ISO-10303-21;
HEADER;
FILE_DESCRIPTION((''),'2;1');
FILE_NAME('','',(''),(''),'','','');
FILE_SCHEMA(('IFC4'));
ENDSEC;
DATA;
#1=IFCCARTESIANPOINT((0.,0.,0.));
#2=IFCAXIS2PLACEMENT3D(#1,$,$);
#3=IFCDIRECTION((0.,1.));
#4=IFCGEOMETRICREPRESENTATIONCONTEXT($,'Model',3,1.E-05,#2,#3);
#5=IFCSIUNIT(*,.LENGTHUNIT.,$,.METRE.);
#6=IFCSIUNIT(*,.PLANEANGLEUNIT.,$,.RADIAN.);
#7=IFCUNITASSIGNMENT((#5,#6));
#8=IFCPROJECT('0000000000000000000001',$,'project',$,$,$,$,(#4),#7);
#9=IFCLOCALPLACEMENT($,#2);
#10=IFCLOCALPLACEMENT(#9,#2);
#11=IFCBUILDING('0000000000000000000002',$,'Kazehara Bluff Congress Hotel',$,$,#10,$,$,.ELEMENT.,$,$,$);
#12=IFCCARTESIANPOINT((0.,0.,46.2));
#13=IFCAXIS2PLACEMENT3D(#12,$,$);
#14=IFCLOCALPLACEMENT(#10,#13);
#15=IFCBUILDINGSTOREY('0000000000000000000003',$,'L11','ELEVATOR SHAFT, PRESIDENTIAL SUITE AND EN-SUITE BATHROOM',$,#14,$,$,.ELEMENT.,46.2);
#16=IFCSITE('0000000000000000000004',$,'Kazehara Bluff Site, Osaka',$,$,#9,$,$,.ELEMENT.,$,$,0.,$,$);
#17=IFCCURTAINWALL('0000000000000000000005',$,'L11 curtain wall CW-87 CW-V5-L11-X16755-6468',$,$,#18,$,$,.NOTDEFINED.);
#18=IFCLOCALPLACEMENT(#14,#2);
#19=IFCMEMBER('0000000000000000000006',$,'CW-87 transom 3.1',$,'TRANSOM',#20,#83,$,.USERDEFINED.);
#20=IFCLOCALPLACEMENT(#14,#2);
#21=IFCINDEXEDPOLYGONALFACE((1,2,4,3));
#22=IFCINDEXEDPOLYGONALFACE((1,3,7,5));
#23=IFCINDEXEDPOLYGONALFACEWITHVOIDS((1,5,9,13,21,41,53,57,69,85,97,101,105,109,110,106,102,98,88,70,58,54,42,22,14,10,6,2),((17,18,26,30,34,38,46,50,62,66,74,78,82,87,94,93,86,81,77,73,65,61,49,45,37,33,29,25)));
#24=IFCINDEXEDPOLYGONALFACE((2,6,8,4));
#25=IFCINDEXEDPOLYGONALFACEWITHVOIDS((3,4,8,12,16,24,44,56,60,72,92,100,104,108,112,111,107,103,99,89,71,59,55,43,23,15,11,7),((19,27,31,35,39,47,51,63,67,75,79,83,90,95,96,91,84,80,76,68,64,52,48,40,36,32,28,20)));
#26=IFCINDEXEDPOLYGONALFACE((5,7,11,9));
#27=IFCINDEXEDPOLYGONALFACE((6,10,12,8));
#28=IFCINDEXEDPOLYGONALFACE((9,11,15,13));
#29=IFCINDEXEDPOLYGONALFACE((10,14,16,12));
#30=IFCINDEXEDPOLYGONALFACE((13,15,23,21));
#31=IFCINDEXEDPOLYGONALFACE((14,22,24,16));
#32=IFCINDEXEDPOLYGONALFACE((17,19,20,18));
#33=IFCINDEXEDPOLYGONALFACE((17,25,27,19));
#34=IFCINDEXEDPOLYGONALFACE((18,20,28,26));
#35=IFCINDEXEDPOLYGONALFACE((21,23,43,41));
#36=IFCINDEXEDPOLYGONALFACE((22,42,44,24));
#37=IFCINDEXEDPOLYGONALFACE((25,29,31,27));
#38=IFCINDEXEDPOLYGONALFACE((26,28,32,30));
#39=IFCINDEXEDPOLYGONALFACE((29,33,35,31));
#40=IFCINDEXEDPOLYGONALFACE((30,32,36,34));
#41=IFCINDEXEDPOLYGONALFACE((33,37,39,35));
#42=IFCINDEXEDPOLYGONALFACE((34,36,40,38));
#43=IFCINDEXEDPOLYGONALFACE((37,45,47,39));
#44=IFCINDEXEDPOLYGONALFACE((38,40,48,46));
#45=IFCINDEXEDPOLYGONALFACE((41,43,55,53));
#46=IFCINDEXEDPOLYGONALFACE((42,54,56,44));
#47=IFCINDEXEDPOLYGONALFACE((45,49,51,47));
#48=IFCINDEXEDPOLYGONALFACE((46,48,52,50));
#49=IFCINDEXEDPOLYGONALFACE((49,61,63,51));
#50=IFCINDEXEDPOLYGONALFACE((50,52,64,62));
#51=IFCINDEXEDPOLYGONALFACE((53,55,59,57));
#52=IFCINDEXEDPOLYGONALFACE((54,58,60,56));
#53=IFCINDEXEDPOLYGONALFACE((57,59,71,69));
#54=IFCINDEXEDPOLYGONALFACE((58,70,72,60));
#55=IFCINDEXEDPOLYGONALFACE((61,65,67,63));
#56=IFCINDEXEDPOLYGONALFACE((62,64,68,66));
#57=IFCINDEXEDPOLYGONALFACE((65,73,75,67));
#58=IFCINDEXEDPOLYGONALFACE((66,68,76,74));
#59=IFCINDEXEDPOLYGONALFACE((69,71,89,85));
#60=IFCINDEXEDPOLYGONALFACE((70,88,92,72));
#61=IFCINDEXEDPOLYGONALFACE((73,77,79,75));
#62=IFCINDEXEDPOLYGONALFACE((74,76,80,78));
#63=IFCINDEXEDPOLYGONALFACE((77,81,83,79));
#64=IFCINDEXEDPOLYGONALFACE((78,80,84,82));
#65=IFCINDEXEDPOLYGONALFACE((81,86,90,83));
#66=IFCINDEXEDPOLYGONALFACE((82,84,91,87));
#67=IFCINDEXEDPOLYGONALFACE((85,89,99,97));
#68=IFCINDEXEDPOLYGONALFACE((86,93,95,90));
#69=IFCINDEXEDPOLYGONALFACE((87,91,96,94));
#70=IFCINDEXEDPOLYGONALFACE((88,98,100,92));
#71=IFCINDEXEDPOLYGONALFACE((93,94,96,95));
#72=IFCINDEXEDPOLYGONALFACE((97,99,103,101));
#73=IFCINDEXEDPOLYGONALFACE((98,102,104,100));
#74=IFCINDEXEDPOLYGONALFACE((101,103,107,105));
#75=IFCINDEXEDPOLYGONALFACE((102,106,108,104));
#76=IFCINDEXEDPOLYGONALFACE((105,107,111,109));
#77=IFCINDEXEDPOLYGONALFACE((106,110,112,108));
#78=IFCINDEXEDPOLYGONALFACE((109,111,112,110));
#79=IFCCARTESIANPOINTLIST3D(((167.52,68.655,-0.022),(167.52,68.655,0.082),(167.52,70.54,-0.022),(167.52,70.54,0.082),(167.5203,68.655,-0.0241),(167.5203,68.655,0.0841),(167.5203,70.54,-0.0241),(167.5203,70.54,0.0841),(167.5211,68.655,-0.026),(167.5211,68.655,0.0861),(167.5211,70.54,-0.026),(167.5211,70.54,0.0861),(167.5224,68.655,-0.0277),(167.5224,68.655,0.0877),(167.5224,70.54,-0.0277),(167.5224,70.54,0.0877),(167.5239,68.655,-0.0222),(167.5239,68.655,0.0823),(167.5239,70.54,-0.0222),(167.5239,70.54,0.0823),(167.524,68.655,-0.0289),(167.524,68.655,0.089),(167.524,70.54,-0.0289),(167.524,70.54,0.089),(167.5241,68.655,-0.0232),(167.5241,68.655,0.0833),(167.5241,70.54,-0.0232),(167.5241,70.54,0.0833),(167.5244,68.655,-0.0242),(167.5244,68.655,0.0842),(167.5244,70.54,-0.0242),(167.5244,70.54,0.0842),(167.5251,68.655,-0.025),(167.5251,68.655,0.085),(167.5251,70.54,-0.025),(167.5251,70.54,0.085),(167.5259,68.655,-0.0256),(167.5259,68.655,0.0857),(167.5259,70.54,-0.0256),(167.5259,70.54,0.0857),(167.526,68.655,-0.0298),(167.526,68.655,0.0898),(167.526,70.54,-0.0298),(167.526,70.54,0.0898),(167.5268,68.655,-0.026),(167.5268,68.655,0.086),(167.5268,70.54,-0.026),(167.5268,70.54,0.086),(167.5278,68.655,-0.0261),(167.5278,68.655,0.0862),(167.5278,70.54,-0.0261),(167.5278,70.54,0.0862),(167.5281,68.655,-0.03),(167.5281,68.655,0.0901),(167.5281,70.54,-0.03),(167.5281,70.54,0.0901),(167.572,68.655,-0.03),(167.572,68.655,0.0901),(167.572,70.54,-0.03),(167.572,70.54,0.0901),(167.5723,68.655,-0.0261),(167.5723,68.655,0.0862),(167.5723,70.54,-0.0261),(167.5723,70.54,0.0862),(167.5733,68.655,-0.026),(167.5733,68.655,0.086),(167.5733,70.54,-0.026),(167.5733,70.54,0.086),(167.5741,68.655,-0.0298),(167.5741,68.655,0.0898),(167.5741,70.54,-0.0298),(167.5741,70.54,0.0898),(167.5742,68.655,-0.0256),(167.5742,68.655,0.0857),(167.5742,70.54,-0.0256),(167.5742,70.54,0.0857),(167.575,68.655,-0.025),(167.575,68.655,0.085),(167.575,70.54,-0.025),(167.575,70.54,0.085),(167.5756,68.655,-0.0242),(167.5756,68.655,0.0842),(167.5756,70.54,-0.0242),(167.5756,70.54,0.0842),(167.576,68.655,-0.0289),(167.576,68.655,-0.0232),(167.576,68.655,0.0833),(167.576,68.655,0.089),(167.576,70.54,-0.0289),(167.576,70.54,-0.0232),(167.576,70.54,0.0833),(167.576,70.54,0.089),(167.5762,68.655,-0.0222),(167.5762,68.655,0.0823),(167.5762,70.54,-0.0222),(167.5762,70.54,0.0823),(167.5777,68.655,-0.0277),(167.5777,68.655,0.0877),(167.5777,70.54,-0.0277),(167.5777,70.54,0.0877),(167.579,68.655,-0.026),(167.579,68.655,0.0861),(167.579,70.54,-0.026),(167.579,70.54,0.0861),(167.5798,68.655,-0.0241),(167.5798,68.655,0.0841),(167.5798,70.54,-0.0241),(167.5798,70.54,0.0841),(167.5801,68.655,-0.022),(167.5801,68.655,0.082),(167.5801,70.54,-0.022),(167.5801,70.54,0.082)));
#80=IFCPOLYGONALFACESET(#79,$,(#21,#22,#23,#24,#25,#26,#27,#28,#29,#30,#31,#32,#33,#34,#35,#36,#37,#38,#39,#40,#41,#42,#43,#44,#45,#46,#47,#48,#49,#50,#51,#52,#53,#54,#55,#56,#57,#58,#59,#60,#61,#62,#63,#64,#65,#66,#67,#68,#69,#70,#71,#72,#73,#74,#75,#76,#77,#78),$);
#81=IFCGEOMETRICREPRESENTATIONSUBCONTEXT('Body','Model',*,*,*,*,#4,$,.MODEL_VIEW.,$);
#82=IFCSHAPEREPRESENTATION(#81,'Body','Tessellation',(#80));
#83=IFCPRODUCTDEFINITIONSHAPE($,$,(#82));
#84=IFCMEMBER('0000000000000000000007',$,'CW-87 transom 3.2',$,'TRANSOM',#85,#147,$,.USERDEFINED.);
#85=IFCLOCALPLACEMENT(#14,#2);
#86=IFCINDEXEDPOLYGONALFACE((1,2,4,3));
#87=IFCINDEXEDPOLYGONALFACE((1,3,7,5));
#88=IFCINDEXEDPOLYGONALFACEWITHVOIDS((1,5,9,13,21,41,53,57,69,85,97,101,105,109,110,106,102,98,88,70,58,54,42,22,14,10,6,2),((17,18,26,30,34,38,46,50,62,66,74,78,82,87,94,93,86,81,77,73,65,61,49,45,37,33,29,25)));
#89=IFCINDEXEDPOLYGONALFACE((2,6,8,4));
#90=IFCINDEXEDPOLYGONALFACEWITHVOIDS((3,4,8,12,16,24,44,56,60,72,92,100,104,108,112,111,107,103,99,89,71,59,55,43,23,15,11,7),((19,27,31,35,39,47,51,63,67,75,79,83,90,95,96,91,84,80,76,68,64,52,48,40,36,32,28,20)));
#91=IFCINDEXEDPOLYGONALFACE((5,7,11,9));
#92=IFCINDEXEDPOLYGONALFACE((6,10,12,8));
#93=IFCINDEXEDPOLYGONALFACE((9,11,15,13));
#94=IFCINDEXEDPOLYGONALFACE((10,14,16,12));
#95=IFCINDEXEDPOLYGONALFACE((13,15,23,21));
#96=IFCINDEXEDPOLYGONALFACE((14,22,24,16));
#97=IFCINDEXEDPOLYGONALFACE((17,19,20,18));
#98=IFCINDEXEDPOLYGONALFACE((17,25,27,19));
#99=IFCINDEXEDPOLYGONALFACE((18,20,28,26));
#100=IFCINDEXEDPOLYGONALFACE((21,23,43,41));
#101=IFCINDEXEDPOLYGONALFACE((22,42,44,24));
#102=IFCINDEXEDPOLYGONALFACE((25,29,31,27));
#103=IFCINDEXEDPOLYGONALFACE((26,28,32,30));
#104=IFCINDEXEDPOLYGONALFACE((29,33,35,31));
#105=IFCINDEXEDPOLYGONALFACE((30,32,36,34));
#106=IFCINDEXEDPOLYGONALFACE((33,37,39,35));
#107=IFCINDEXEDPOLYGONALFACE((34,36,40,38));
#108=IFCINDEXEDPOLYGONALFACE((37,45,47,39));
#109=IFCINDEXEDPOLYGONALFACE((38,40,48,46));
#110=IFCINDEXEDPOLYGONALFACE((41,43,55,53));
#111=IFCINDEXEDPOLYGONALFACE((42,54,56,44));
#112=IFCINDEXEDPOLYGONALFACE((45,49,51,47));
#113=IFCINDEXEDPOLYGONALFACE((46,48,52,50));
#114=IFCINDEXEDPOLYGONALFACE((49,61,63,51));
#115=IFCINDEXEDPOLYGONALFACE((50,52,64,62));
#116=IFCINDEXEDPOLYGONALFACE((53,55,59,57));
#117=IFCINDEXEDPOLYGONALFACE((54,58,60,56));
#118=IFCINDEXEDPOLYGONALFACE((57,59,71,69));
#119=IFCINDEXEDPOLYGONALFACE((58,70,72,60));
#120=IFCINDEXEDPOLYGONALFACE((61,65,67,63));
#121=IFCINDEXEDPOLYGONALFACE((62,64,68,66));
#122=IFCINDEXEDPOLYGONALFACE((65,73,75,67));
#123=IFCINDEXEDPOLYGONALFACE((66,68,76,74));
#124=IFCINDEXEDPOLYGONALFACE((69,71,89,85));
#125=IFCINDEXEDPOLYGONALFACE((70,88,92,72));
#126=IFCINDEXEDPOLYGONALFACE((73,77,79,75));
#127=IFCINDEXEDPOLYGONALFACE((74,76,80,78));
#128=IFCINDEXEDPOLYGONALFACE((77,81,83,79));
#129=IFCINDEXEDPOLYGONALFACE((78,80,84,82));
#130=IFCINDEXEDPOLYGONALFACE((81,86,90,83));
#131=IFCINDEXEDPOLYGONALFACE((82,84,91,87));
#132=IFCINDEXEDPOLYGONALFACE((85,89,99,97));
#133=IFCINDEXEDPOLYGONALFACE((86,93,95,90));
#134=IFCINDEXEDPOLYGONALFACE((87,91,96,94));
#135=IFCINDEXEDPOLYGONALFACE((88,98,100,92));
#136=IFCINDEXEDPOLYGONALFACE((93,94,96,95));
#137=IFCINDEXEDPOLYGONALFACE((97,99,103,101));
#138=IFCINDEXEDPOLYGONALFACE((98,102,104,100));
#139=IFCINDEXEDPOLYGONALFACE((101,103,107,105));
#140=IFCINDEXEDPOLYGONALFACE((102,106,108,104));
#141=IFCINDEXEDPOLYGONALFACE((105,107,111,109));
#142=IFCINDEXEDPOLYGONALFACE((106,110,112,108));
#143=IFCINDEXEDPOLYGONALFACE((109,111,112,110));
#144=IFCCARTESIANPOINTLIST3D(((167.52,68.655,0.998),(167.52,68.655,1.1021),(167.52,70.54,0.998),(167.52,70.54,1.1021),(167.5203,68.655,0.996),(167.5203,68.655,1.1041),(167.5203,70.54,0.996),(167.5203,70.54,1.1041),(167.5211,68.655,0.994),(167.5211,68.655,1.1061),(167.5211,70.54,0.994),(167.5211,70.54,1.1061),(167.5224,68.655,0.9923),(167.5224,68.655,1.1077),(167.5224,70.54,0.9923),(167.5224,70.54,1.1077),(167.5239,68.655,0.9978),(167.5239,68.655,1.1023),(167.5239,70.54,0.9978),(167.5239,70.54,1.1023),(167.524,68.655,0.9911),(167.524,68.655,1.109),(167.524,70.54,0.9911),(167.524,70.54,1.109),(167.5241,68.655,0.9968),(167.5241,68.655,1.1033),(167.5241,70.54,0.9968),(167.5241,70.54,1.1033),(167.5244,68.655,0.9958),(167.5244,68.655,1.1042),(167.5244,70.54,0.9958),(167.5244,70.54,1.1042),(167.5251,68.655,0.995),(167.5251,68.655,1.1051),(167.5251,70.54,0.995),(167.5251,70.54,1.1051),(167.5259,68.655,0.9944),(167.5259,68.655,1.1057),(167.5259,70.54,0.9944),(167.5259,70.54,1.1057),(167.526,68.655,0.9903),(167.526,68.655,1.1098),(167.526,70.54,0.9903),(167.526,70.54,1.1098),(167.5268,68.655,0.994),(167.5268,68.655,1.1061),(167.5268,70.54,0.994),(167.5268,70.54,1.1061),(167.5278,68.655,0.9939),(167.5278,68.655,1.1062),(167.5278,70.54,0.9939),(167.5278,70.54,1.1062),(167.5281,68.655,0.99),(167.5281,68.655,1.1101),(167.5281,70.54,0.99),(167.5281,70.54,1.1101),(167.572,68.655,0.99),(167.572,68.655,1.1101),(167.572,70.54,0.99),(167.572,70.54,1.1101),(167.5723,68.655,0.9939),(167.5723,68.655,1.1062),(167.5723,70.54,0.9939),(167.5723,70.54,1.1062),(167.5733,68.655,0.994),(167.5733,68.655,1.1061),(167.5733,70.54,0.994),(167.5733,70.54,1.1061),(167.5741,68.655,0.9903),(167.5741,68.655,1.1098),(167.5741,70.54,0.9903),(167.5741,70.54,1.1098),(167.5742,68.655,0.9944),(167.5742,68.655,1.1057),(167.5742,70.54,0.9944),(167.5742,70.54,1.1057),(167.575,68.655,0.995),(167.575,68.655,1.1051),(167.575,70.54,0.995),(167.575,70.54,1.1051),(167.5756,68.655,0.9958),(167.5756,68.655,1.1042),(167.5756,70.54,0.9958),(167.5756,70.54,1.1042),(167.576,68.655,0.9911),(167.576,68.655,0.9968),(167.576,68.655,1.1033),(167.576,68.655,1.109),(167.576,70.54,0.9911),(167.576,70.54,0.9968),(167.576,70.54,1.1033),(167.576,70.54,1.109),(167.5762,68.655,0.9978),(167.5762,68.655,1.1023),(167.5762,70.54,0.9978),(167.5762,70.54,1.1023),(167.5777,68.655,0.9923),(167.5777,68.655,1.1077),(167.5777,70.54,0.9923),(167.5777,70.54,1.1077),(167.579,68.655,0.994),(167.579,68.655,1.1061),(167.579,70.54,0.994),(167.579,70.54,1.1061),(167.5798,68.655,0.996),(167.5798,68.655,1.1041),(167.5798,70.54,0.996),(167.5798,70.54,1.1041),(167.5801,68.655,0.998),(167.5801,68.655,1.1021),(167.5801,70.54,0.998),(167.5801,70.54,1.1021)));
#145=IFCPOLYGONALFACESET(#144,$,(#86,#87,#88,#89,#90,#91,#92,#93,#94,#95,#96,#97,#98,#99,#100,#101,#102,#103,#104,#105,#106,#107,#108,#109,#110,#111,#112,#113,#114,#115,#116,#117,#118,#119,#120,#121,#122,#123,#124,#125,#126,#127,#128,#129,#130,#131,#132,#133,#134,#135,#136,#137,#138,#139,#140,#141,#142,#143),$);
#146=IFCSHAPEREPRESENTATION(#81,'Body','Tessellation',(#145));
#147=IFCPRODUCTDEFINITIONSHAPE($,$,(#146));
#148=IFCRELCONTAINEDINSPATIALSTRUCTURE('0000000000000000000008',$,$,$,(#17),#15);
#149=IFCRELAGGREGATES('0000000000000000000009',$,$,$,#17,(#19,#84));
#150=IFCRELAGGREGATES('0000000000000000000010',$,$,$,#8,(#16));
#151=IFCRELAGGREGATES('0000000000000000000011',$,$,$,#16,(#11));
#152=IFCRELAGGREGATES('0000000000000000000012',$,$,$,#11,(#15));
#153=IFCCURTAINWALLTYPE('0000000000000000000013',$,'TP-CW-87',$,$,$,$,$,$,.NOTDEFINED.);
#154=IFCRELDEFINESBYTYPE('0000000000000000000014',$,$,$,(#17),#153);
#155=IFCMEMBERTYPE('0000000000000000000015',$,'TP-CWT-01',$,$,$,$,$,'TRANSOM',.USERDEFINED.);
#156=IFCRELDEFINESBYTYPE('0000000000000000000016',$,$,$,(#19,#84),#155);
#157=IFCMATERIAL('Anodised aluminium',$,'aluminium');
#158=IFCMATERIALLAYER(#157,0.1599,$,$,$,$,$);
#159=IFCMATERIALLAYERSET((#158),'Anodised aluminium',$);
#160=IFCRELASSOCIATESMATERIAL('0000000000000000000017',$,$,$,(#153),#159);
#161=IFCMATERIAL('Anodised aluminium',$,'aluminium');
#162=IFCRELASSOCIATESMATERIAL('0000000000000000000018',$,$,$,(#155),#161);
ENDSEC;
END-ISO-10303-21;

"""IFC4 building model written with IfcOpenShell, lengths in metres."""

from ifc_helpers import new_model, si_unit, direction, frame, origin, origin_2d, place, context, subcontext, project, spatial, hollow_rectangle, extrude, material, layer, layer_set, material_profile, profile_set, type_object, element, aggregate, save


model = new_model("IFC4")

# Units and contexts
model_context = context("Model", 3, precision=1e-05, world=origin(), true_north=direction((0.0, 1.0)))
body_context = subcontext(model_context, "Body", "Model", "MODEL_VIEW")
ifc_project = project(units=[si_unit("LENGTHUNIT", "METRE"), si_unit("PLANEANGLEUNIT", "RADIAN")], contexts=[model_context])

# Site, building, storey
site_placement = place(None, origin())
site = spatial("IfcSite", under=ifc_project, at=site_placement, Name="Kazehara Bluff Site, Osaka", CompositionType="ELEMENT", RefElevation=0.0)
building_placement = place(site_placement, origin())
building = spatial("IfcBuilding", under=site, at=building_placement, Name="Kazehara Bluff Congress Hotel", CompositionType="ELEMENT")
storey_placement = place(building_placement, frame((0.0, 0.0, 46.2)))
storey = spatial("IfcBuildingStorey", under=building, at=storey_placement, Name="L11", Description="ELEVATOR SHAFT, PRESIDENTIAL SUITE AND EN-SUITE BATHROOM", CompositionType="ELEMENT", Elevation=46.2)

# Curtain wall, members
ifc_material_1 = material(Name="Anodised aluminium", Category="aluminium")
ifc_layer_1 = layer(ifc_material_1, 0.1599)
ifc_layer_set_1 = layer_set([ifc_layer_1], Name="Anodised aluminium")
curtain_wall_type = type_object("IfcCurtainWallType", Name="TP-CW-87", PredefinedType="NOTDEFINED", material=ifc_layer_set_1)
curtain_wall_placement = place(storey_placement, origin())
curtain_wall = element("IfcCurtainWall", 1, at=curtain_wall_placement, inside=storey, type_object=curtain_wall_type, Name="L11 curtain wall CW-87 CW-V5-L11-X16755-6468", PredefinedType="NOTDEFINED")
ifc_material_2 = material(Name="Anodised aluminium", Category="aluminium")
ifc_material_profile_1 = material_profile(ifc_material_2, hollow_rectangle(XDim=0.0601, YDim=0.1201, WallThickness=0.0039, InnerFilletRadius=0.0039, OuterFilletRadius=0.0081, at=origin_2d()))
ifc_profile_set_1 = profile_set([ifc_material_profile_1], Name="Anodised aluminium")
member_type_1 = type_object("IfcMemberType", Name="TP-CWT-01", ElementType="TRANSOM", PredefinedType="USERDEFINED", material=ifc_profile_set_1)
member_1_placement = place(storey_placement, frame((167.55, 68.655, 0.03), z_axis=(0.0, 1.0, 0.0), x_axis=(-1.0, 0.0, 0.0)))
member_1 = element("IfcMember", 2, at=member_1_placement, type_object=member_type_1, Name="CW-87 transom 3.1", ObjectType="TRANSOM", PredefinedType="USERDEFINED", context=body_context, shape_type="SweptSolid", body=[
    extrude(hollow_rectangle(XDim=0.0601, YDim=0.1201, WallThickness=0.0039, InnerFilletRadius=0.0039, OuterFilletRadius=0.0081, at=origin_2d()), origin(), (0.0, 0.0, 1.0), 1.885),
])
member_2_placement = place(storey_placement, frame((167.55, 68.655, 1.05), z_axis=(0.0, 1.0, 0.0), x_axis=(-1.0, 0.0, 0.0)))
member_2 = element("IfcMember", 3, at=member_2_placement, type_object=member_type_1, Name="CW-87 transom 3.2", ObjectType="TRANSOM", PredefinedType="USERDEFINED", context=body_context, shape_type="SweptSolid", body=[
    extrude(hollow_rectangle(XDim=0.0601, YDim=0.1201, WallThickness=0.0039, InnerFilletRadius=0.0039, OuterFilletRadius=0.0081, at=origin_2d()), origin(), (0.0, 0.0, 1.0), 1.885),
])
aggregate(curtain_wall, [member_1, member_2])

save(model, "model.ifc")
